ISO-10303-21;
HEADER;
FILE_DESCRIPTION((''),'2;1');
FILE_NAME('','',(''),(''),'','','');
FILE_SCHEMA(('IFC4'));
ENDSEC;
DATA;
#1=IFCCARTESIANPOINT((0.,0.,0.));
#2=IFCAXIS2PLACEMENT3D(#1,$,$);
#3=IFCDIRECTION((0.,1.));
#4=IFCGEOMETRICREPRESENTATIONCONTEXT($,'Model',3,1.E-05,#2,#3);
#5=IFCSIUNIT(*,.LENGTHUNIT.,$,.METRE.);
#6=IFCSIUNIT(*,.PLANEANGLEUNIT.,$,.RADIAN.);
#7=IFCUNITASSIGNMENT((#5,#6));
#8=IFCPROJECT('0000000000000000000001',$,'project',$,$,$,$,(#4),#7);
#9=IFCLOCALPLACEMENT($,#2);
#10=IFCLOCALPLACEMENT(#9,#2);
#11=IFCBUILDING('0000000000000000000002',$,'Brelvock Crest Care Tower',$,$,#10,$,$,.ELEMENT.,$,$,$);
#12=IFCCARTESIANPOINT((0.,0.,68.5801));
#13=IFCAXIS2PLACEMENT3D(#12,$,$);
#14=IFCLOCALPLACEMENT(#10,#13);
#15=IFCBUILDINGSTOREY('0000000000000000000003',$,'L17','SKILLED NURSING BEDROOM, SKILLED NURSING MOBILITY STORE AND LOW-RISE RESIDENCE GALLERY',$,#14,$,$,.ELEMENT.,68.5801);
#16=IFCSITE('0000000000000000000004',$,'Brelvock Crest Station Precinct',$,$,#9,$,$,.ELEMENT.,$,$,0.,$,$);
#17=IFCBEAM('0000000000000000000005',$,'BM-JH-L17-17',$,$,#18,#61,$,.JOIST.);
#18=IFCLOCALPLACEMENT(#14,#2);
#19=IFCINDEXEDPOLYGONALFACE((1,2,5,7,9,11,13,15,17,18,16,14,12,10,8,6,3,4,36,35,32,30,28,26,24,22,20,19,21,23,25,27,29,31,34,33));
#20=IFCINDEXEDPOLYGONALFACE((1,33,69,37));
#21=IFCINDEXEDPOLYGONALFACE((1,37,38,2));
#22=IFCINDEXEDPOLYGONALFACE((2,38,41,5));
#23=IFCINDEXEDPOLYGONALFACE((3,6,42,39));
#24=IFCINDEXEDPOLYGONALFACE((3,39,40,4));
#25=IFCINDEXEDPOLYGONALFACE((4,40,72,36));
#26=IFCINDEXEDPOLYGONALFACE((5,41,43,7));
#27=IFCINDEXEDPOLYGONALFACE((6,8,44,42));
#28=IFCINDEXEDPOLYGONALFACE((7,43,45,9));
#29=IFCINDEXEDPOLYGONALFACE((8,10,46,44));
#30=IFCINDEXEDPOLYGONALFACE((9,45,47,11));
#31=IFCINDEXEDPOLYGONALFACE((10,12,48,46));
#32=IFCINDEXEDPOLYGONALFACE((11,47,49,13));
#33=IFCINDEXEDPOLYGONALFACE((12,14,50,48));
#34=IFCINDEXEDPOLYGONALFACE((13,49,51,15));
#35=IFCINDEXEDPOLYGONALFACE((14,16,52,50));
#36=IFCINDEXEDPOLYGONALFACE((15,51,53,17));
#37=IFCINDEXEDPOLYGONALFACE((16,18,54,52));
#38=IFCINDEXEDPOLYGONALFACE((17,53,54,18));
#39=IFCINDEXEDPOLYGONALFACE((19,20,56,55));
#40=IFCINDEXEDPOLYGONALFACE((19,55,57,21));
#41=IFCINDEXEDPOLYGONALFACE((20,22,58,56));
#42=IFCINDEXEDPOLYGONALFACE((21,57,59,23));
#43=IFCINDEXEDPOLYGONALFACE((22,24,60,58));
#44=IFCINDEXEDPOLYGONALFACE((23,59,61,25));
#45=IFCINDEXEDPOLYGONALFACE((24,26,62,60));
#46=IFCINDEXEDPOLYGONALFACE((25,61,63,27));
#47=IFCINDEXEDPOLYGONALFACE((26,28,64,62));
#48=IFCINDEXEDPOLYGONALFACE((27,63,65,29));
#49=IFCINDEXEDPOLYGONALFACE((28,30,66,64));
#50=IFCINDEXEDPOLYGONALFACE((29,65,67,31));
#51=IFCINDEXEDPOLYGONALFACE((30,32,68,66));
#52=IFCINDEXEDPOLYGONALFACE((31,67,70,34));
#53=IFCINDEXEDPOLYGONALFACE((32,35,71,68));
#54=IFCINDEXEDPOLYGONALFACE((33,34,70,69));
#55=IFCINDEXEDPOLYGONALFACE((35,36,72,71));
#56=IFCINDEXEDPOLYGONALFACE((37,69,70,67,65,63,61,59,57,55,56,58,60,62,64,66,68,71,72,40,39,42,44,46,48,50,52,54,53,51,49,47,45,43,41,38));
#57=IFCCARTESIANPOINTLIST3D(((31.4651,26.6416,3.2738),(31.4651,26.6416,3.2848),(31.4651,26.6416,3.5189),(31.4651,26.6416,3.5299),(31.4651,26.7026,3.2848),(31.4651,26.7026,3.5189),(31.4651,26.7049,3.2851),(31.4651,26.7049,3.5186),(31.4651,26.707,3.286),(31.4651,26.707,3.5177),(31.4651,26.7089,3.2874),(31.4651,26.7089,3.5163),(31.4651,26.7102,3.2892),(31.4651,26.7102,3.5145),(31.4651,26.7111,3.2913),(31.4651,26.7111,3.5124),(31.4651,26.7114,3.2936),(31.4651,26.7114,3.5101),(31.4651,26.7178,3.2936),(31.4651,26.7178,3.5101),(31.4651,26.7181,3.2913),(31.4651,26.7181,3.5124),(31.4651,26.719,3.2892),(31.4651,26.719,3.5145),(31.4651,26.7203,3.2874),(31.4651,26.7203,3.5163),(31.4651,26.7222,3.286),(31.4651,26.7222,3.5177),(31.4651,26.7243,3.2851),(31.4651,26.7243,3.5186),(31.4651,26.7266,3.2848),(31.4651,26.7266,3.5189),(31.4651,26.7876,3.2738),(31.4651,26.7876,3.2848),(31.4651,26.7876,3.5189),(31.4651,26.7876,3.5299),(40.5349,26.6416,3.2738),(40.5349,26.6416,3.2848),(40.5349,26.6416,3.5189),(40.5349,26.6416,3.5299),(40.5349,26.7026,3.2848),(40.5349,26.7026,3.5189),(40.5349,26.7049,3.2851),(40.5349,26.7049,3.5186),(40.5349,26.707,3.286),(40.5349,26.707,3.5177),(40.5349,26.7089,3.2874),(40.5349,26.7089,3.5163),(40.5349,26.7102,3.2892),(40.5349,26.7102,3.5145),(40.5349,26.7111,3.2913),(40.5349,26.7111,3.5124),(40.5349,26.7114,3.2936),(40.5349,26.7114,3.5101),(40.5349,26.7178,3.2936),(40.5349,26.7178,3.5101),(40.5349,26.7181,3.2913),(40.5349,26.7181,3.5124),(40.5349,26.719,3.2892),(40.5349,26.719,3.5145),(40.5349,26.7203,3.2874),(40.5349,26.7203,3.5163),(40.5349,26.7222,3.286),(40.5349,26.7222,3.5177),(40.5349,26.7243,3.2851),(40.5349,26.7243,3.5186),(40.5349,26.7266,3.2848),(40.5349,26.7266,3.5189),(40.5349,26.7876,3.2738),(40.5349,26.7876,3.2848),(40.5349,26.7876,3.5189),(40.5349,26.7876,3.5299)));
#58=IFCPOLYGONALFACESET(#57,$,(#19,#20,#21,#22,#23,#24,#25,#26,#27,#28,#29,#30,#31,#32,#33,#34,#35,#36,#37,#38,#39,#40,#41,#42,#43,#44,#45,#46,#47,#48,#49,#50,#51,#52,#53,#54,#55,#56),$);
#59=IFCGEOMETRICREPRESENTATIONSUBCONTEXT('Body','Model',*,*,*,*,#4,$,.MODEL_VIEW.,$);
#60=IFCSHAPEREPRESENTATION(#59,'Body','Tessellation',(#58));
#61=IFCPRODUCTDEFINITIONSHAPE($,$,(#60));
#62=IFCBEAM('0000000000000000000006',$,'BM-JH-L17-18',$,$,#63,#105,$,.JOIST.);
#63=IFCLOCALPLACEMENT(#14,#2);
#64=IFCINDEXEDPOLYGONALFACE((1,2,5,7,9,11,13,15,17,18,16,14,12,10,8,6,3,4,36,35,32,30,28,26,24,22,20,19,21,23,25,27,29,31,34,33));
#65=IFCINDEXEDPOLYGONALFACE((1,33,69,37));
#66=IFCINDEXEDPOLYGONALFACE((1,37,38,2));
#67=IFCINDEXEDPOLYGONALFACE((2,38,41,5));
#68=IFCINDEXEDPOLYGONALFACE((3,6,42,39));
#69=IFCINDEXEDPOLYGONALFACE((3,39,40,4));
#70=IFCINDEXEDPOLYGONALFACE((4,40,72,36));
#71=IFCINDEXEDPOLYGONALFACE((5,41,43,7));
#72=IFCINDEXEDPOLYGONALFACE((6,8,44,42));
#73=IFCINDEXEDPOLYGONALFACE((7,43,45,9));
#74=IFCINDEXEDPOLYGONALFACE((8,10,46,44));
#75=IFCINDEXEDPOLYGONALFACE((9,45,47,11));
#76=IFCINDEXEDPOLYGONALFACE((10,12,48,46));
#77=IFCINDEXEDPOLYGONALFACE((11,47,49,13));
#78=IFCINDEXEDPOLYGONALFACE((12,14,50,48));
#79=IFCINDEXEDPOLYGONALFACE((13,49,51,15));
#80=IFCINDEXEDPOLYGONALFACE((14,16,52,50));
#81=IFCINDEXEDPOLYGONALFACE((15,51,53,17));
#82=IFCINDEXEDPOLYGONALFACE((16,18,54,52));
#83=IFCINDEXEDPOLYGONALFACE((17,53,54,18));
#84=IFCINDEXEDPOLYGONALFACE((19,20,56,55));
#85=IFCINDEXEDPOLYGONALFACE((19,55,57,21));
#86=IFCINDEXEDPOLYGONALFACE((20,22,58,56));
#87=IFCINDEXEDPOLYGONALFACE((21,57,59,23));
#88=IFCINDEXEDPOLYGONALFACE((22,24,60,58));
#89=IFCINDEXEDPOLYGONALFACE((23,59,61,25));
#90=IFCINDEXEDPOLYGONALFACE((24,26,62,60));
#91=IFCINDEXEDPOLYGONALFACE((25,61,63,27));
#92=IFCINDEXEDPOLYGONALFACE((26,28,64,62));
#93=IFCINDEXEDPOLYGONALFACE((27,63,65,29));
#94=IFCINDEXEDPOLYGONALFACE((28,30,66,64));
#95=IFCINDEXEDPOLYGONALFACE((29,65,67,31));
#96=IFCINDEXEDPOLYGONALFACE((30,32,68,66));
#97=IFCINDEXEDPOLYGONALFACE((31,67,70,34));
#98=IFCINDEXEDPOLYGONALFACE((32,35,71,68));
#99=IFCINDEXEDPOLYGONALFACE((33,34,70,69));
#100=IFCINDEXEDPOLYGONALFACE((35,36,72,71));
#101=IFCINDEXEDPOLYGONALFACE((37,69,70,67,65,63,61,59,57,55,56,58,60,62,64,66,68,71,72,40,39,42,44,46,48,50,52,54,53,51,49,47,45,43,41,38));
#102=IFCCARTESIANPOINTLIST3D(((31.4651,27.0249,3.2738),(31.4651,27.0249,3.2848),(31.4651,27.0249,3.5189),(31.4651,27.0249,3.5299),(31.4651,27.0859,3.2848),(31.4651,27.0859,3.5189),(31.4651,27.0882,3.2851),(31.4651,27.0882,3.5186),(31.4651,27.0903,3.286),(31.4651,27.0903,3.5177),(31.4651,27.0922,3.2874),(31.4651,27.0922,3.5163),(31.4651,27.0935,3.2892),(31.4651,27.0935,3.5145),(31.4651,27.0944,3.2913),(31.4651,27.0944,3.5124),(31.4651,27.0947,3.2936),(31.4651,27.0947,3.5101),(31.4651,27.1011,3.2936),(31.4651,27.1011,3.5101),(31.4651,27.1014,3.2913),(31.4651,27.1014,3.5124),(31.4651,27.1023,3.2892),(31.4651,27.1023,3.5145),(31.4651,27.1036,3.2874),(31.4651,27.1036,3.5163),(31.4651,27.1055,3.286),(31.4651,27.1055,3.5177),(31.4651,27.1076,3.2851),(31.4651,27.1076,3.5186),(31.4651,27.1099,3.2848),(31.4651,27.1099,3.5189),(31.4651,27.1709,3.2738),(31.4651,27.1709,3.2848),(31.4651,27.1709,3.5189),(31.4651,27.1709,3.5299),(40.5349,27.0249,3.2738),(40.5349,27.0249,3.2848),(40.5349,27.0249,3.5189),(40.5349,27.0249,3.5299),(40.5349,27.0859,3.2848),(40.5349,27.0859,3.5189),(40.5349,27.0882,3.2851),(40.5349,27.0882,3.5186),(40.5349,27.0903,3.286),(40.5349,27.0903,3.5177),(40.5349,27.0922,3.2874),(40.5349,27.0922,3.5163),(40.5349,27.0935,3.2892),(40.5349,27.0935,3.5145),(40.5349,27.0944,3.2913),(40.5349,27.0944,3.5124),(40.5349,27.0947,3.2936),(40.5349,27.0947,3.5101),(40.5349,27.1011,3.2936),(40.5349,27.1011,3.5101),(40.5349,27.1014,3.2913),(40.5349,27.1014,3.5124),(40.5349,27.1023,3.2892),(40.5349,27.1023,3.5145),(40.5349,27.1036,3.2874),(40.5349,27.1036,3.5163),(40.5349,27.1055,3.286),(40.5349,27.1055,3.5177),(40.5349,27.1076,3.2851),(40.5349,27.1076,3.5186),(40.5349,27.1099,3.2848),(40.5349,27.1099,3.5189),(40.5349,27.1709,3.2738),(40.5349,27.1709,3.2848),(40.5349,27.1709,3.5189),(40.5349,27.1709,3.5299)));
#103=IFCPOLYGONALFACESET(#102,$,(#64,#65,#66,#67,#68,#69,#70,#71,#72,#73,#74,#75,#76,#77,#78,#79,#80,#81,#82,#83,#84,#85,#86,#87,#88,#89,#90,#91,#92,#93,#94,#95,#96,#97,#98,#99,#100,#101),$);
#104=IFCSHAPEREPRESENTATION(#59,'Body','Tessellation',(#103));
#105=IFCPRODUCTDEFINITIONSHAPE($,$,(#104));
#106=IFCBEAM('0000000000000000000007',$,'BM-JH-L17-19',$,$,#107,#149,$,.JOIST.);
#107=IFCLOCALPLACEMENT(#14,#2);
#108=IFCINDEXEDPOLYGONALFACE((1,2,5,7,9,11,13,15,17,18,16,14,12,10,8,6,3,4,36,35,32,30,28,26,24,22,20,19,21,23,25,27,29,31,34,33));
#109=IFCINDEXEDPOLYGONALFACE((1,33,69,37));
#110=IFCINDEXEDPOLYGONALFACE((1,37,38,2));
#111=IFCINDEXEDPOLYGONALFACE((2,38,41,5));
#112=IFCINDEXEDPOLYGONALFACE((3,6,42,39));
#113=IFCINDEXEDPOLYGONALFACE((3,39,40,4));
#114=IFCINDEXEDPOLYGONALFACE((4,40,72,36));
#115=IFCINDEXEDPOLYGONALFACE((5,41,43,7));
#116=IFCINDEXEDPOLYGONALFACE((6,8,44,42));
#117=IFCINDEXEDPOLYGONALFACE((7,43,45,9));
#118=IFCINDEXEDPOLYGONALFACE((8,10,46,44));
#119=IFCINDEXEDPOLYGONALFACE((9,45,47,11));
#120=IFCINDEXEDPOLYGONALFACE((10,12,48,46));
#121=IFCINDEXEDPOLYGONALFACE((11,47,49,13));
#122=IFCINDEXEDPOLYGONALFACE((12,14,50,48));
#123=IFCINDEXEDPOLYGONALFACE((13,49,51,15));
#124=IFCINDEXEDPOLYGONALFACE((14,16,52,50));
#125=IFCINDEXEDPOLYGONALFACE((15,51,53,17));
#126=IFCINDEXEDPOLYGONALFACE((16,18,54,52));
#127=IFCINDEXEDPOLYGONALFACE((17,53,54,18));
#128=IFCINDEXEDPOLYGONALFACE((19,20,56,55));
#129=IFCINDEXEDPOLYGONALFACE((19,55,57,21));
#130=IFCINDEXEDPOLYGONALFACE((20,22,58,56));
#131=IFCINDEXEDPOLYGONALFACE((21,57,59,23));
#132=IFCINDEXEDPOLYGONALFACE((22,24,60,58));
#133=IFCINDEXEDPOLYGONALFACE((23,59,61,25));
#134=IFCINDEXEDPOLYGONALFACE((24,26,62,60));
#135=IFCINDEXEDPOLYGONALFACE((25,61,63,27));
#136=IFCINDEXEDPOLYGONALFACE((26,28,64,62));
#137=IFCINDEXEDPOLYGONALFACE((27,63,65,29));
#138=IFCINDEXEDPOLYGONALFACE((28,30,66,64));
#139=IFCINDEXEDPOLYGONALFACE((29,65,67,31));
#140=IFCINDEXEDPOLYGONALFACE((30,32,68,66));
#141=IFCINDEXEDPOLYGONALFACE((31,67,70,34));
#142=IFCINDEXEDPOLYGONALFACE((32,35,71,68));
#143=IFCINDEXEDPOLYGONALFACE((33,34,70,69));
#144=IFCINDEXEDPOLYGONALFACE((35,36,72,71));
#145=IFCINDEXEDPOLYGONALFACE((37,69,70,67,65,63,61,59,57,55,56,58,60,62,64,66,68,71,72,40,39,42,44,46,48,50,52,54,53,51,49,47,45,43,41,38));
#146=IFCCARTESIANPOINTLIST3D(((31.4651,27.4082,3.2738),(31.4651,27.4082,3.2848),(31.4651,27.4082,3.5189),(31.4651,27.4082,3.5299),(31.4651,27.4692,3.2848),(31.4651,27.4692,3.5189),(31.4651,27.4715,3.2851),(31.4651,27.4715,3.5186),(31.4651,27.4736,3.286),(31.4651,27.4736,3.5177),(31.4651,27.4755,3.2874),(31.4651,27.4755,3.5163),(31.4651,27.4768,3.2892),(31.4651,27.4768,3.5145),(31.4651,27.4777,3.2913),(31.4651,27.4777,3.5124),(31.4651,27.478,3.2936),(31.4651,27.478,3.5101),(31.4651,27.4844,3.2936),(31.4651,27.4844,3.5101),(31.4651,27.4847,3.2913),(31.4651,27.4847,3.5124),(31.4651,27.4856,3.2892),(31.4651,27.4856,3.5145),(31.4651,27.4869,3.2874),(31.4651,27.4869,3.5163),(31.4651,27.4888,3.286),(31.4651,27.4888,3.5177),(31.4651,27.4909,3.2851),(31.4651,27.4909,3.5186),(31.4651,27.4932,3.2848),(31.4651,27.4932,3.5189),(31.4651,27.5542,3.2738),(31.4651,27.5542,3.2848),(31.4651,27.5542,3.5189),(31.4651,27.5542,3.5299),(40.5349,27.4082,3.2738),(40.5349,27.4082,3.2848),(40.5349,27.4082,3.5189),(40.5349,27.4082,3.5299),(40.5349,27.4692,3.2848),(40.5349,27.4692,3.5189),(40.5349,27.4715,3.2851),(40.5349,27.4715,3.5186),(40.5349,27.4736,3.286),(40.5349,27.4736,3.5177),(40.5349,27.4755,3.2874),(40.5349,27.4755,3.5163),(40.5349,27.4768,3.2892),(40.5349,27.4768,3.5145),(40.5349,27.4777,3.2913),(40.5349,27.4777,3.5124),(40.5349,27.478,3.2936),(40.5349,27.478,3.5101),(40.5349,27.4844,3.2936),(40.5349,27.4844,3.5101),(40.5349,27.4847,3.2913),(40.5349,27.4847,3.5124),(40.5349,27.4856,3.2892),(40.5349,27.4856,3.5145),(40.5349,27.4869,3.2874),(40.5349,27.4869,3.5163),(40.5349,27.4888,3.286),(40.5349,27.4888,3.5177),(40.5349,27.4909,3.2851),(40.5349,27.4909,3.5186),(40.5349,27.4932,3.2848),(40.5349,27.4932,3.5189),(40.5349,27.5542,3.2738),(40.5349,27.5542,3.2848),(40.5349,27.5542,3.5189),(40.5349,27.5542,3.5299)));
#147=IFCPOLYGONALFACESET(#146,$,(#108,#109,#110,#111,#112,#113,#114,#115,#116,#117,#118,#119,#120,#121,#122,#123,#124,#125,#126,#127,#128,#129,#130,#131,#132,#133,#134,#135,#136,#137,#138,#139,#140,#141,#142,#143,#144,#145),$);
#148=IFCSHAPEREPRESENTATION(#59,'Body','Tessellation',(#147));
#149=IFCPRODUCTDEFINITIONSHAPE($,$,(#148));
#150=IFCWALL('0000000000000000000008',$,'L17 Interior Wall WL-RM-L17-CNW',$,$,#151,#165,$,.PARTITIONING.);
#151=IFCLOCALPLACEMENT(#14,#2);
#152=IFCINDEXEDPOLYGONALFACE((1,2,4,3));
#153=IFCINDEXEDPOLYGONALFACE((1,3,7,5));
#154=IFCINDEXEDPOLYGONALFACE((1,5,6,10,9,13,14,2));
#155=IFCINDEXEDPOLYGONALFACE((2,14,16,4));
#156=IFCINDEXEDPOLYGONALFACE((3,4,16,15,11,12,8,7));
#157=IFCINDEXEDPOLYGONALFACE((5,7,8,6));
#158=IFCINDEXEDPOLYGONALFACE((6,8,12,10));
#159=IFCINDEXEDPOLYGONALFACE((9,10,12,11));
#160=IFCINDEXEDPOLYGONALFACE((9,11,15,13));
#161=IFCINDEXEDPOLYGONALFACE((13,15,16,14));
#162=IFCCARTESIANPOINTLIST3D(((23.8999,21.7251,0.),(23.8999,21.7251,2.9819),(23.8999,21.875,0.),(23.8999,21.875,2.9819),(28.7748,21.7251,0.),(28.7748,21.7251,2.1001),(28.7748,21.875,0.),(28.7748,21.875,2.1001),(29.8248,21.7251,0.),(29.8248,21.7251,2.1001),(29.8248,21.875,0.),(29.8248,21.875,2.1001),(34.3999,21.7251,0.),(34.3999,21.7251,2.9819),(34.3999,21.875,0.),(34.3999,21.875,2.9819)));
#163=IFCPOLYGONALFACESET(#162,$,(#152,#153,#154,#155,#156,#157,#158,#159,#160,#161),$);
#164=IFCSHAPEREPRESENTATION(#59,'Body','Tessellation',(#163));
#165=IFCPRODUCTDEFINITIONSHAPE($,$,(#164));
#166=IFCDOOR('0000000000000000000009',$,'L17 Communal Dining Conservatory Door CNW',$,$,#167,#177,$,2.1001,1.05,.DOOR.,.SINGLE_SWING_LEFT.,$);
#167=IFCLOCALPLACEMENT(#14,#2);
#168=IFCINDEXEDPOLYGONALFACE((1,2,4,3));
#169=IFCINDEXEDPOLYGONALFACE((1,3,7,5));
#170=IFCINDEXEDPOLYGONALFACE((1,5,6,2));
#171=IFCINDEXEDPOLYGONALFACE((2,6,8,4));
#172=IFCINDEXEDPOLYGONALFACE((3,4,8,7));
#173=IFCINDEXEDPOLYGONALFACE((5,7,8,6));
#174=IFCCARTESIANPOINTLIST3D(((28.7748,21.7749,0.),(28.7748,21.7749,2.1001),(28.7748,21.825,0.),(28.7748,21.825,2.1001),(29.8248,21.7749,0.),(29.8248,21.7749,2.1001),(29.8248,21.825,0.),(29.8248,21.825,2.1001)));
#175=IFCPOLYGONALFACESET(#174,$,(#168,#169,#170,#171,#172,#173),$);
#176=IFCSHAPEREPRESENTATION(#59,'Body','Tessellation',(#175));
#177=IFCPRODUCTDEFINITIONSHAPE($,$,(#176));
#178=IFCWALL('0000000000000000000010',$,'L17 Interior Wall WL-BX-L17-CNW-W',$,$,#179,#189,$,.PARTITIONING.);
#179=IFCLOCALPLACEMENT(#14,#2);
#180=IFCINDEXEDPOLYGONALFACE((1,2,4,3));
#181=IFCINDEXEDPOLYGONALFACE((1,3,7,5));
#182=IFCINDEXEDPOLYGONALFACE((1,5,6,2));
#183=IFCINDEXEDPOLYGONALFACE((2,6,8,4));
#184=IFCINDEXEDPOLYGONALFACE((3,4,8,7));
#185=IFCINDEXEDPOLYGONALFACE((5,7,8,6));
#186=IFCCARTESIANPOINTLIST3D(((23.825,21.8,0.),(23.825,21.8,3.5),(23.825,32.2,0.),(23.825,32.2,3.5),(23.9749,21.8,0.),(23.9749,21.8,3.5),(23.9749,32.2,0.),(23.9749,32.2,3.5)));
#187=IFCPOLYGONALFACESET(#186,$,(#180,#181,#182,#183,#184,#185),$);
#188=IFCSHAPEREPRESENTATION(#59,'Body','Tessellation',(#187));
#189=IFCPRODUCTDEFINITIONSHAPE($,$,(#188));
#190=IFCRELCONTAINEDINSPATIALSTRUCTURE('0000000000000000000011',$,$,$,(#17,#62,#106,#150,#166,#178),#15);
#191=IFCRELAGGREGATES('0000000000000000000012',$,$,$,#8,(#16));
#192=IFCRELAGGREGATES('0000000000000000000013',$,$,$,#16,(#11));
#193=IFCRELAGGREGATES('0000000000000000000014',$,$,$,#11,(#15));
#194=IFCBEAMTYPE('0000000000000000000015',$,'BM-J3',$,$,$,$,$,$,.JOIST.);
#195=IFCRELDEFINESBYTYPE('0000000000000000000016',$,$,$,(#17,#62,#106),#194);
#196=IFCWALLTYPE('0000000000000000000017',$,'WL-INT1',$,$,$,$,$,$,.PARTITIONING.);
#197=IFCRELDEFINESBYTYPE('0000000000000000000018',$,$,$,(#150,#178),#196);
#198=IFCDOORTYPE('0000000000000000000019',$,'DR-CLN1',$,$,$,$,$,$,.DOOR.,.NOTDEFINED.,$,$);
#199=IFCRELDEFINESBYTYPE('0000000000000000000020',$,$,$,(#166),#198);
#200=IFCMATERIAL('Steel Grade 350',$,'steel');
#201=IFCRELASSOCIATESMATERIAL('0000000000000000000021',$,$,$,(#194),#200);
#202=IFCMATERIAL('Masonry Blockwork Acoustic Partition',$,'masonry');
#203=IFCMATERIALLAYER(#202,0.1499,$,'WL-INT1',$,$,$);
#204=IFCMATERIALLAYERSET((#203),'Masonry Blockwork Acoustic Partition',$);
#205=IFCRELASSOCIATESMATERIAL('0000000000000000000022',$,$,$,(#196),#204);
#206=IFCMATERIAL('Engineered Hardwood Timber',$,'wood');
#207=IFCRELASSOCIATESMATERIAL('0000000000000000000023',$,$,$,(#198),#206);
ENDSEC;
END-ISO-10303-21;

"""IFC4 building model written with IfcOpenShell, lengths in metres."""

from ifc_helpers import new_model, si_unit, direction, frame, frame_2d, origin, origin_2d, place, context, subcontext, project, spatial, rectangle, i_section, extrude, source, transform, mapped, material, layer, layer_set, material_profile, profile_set, type_object, element, fill, save


model = new_model("IFC4")

# Units and contexts
model_context = context("Model", 3, precision=1e-05, world=origin(), true_north=direction((0.0, 1.0)))
body_context = subcontext(model_context, "Body", "Model", "MODEL_VIEW")
ifc_project = project(units=[si_unit("LENGTHUNIT", "METRE"), si_unit("PLANEANGLEUNIT", "RADIAN")], contexts=[model_context])

# Site, building, storey
site_placement = place(None, origin())
site = spatial("IfcSite", under=ifc_project, at=site_placement, Name="Brelvock Crest Station Precinct", CompositionType="ELEMENT", RefElevation=0.0)
building_placement = place(site_placement, origin())
building = spatial("IfcBuilding", under=site, at=building_placement, Name="Brelvock Crest Care Tower", CompositionType="ELEMENT")
storey_placement = place(building_placement, frame((0.0, 0.0, 68.5801)))
storey = spatial("IfcBuildingStorey", under=building, at=storey_placement, Name="L17", Description="SKILLED NURSING BEDROOM, SKILLED NURSING MOBILITY STORE AND LOW-RISE RESIDENCE GALLERY", CompositionType="ELEMENT", Elevation=68.5801)

# Beams
ifc_material_1 = material(Name="Steel Grade 350", Category="steel")
ifc_material_profile = material_profile(ifc_material_1, i_section(OverallWidth=0.146, OverallDepth=0.2561, WebThickness=0.0063, FlangeThickness=0.011, FilletRadius=0.0088, at=origin_2d()), Name="250UB37.3")
ifc_profile_set = profile_set([ifc_material_profile], Name="Steel Grade 350")
beam_type = type_object("IfcBeamType", Name="BM-J3", PredefinedType="JOIST", material=ifc_profile_set)
shared_shape_1 = source(origin(), body_context, "Body", "SweptSolid", [
    extrude(i_section(OverallWidth=0.146, OverallDepth=0.2561, WebThickness=0.0063, FlangeThickness=0.011, FilletRadius=0.0088, at=origin_2d()), origin(), (0.0, 0.0, 1.0), 9.0698),
])
for number, where, z_axis, x_axis, name in (
    (1, (31.4651, 26.7146, 3.4019), (1.0, 0.0, 0.0), (0.0, 1.0, 0.0), "BM-JH-L17-17"),
    (2, (31.4651, 27.0979, 3.4019), (1.0, 0.0, 0.0), (0.0, 1.0, 0.0), "BM-JH-L17-18"),
    (3, (31.4651, 27.4812, 3.4019), (1.0, 0.0, 0.0), (0.0, 1.0, 0.0), "BM-JH-L17-19"),
):
    element("IfcBeam", number, at=place(storey_placement, frame(where, z_axis=z_axis, x_axis=x_axis)), inside=storey, type_object=beam_type, Name=name, PredefinedType="JOIST", context=body_context, shape_type="MappedRepresentation", body=[
        mapped(shared_shape_1, transform((0.0, 0.0, 0.0), x_axis=(1.0, 0.0, 0.0), y_axis=(0.0, 1.0, 0.0), z_axis=(0.0, 0.0, 1.0), scale=1.0)),
    ])

# Wall, opening, door
ifc_material_2 = material(Name="Masonry Blockwork Acoustic Partition", Category="masonry")
ifc_layer_1 = layer(ifc_material_2, 0.1499, Name="WL-INT1")
ifc_layer_set_1 = layer_set([ifc_layer_1], Name="Masonry Blockwork Acoustic Partition")
wall_type_1 = type_object("IfcWallType", Name="WL-INT1", PredefinedType="PARTITIONING", material=ifc_layer_set_1)
wall_1_placement = place(storey_placement, frame((23.8999, 21.8, 0.0), z_axis=(0.0, 0.0, 1.0), x_axis=(1.0, 0.0, 0.0)))
wall_1 = element("IfcWall", 4, at=wall_1_placement, inside=storey, type_object=wall_type_1, Name="L17 Interior Wall WL-RM-L17-CNW", PredefinedType="PARTITIONING", context=body_context, shape_type="SweptSolid", body=[
    extrude(rectangle(XDim=10.5, YDim=0.1499, at=frame_2d((5.25, 0.0))), origin(), (0.0, 0.0, 1.0), 2.9819),
])
opening_placement = place(wall_1_placement, frame((4.875, 0.0, 0.0)))
opening = element("IfcOpeningElement", 5, at=opening_placement, cuts=wall_1, PredefinedType="OPENING", context=body_context, shape_type="SweptSolid", body=[
    extrude(rectangle(XDim=1.05, YDim=2.1001, at=origin_2d()), frame((0.5249, 0.085, 1.05), z_axis=(0.0, -1.0, 0.0), x_axis=(1.0, 0.0, 0.0)), (0.0, 0.0, 1.0), 0.1699),
])
ifc_material_3 = material(Name="Engineered Hardwood Timber", Category="wood")
door_type = type_object("IfcDoorType", Name="DR-CLN1", OperationType="NOTDEFINED", PredefinedType="DOOR", material=ifc_material_3)
shared_shape_2 = source(origin(), body_context, "Body", "SweptSolid", [
    extrude(rectangle(XDim=1.05, YDim=2.1001, at=origin_2d()), frame((0.5249, 0.0249, 1.05), z_axis=(0.0, -1.0, 0.0), x_axis=(1.0, 0.0, 0.0)), (0.0, 0.0, 1.0), 0.05),
])
door_placement = place(opening_placement, origin())
door = element("IfcDoor", 6, at=door_placement, inside=storey, type_object=door_type, Name="L17 Communal Dining Conservatory Door CNW", OperationType="SINGLE_SWING_LEFT", OverallHeight=2.1001, OverallWidth=1.05, PredefinedType="DOOR", context=body_context, shape_type="MappedRepresentation", body=[
    mapped(shared_shape_2, transform((0.0, 0.0, 0.0), x_axis=(1.0, 0.0, 0.0), y_axis=(0.0, 1.0, 0.0), z_axis=(0.0, 0.0, 1.0), scale=1.0)),
])
fill(opening, door)

# Wall
wall_2_placement = place(storey_placement, frame((23.8999, 21.8, 0.0), z_axis=(0.0, 0.0, 1.0), x_axis=(0.0, 1.0, 0.0)))
element("IfcWall", 7, at=wall_2_placement, inside=storey, type_object=wall_type_1, Name="L17 Interior Wall WL-BX-L17-CNW-W", PredefinedType="PARTITIONING", context=body_context, shape_type="SweptSolid", body=[
    extrude(rectangle(XDim=10.3999, YDim=0.1499, at=frame_2d((5.2, 0.0))), origin(), (0.0, 0.0, 1.0), 3.5),
])

save(model, "model.ifc")
